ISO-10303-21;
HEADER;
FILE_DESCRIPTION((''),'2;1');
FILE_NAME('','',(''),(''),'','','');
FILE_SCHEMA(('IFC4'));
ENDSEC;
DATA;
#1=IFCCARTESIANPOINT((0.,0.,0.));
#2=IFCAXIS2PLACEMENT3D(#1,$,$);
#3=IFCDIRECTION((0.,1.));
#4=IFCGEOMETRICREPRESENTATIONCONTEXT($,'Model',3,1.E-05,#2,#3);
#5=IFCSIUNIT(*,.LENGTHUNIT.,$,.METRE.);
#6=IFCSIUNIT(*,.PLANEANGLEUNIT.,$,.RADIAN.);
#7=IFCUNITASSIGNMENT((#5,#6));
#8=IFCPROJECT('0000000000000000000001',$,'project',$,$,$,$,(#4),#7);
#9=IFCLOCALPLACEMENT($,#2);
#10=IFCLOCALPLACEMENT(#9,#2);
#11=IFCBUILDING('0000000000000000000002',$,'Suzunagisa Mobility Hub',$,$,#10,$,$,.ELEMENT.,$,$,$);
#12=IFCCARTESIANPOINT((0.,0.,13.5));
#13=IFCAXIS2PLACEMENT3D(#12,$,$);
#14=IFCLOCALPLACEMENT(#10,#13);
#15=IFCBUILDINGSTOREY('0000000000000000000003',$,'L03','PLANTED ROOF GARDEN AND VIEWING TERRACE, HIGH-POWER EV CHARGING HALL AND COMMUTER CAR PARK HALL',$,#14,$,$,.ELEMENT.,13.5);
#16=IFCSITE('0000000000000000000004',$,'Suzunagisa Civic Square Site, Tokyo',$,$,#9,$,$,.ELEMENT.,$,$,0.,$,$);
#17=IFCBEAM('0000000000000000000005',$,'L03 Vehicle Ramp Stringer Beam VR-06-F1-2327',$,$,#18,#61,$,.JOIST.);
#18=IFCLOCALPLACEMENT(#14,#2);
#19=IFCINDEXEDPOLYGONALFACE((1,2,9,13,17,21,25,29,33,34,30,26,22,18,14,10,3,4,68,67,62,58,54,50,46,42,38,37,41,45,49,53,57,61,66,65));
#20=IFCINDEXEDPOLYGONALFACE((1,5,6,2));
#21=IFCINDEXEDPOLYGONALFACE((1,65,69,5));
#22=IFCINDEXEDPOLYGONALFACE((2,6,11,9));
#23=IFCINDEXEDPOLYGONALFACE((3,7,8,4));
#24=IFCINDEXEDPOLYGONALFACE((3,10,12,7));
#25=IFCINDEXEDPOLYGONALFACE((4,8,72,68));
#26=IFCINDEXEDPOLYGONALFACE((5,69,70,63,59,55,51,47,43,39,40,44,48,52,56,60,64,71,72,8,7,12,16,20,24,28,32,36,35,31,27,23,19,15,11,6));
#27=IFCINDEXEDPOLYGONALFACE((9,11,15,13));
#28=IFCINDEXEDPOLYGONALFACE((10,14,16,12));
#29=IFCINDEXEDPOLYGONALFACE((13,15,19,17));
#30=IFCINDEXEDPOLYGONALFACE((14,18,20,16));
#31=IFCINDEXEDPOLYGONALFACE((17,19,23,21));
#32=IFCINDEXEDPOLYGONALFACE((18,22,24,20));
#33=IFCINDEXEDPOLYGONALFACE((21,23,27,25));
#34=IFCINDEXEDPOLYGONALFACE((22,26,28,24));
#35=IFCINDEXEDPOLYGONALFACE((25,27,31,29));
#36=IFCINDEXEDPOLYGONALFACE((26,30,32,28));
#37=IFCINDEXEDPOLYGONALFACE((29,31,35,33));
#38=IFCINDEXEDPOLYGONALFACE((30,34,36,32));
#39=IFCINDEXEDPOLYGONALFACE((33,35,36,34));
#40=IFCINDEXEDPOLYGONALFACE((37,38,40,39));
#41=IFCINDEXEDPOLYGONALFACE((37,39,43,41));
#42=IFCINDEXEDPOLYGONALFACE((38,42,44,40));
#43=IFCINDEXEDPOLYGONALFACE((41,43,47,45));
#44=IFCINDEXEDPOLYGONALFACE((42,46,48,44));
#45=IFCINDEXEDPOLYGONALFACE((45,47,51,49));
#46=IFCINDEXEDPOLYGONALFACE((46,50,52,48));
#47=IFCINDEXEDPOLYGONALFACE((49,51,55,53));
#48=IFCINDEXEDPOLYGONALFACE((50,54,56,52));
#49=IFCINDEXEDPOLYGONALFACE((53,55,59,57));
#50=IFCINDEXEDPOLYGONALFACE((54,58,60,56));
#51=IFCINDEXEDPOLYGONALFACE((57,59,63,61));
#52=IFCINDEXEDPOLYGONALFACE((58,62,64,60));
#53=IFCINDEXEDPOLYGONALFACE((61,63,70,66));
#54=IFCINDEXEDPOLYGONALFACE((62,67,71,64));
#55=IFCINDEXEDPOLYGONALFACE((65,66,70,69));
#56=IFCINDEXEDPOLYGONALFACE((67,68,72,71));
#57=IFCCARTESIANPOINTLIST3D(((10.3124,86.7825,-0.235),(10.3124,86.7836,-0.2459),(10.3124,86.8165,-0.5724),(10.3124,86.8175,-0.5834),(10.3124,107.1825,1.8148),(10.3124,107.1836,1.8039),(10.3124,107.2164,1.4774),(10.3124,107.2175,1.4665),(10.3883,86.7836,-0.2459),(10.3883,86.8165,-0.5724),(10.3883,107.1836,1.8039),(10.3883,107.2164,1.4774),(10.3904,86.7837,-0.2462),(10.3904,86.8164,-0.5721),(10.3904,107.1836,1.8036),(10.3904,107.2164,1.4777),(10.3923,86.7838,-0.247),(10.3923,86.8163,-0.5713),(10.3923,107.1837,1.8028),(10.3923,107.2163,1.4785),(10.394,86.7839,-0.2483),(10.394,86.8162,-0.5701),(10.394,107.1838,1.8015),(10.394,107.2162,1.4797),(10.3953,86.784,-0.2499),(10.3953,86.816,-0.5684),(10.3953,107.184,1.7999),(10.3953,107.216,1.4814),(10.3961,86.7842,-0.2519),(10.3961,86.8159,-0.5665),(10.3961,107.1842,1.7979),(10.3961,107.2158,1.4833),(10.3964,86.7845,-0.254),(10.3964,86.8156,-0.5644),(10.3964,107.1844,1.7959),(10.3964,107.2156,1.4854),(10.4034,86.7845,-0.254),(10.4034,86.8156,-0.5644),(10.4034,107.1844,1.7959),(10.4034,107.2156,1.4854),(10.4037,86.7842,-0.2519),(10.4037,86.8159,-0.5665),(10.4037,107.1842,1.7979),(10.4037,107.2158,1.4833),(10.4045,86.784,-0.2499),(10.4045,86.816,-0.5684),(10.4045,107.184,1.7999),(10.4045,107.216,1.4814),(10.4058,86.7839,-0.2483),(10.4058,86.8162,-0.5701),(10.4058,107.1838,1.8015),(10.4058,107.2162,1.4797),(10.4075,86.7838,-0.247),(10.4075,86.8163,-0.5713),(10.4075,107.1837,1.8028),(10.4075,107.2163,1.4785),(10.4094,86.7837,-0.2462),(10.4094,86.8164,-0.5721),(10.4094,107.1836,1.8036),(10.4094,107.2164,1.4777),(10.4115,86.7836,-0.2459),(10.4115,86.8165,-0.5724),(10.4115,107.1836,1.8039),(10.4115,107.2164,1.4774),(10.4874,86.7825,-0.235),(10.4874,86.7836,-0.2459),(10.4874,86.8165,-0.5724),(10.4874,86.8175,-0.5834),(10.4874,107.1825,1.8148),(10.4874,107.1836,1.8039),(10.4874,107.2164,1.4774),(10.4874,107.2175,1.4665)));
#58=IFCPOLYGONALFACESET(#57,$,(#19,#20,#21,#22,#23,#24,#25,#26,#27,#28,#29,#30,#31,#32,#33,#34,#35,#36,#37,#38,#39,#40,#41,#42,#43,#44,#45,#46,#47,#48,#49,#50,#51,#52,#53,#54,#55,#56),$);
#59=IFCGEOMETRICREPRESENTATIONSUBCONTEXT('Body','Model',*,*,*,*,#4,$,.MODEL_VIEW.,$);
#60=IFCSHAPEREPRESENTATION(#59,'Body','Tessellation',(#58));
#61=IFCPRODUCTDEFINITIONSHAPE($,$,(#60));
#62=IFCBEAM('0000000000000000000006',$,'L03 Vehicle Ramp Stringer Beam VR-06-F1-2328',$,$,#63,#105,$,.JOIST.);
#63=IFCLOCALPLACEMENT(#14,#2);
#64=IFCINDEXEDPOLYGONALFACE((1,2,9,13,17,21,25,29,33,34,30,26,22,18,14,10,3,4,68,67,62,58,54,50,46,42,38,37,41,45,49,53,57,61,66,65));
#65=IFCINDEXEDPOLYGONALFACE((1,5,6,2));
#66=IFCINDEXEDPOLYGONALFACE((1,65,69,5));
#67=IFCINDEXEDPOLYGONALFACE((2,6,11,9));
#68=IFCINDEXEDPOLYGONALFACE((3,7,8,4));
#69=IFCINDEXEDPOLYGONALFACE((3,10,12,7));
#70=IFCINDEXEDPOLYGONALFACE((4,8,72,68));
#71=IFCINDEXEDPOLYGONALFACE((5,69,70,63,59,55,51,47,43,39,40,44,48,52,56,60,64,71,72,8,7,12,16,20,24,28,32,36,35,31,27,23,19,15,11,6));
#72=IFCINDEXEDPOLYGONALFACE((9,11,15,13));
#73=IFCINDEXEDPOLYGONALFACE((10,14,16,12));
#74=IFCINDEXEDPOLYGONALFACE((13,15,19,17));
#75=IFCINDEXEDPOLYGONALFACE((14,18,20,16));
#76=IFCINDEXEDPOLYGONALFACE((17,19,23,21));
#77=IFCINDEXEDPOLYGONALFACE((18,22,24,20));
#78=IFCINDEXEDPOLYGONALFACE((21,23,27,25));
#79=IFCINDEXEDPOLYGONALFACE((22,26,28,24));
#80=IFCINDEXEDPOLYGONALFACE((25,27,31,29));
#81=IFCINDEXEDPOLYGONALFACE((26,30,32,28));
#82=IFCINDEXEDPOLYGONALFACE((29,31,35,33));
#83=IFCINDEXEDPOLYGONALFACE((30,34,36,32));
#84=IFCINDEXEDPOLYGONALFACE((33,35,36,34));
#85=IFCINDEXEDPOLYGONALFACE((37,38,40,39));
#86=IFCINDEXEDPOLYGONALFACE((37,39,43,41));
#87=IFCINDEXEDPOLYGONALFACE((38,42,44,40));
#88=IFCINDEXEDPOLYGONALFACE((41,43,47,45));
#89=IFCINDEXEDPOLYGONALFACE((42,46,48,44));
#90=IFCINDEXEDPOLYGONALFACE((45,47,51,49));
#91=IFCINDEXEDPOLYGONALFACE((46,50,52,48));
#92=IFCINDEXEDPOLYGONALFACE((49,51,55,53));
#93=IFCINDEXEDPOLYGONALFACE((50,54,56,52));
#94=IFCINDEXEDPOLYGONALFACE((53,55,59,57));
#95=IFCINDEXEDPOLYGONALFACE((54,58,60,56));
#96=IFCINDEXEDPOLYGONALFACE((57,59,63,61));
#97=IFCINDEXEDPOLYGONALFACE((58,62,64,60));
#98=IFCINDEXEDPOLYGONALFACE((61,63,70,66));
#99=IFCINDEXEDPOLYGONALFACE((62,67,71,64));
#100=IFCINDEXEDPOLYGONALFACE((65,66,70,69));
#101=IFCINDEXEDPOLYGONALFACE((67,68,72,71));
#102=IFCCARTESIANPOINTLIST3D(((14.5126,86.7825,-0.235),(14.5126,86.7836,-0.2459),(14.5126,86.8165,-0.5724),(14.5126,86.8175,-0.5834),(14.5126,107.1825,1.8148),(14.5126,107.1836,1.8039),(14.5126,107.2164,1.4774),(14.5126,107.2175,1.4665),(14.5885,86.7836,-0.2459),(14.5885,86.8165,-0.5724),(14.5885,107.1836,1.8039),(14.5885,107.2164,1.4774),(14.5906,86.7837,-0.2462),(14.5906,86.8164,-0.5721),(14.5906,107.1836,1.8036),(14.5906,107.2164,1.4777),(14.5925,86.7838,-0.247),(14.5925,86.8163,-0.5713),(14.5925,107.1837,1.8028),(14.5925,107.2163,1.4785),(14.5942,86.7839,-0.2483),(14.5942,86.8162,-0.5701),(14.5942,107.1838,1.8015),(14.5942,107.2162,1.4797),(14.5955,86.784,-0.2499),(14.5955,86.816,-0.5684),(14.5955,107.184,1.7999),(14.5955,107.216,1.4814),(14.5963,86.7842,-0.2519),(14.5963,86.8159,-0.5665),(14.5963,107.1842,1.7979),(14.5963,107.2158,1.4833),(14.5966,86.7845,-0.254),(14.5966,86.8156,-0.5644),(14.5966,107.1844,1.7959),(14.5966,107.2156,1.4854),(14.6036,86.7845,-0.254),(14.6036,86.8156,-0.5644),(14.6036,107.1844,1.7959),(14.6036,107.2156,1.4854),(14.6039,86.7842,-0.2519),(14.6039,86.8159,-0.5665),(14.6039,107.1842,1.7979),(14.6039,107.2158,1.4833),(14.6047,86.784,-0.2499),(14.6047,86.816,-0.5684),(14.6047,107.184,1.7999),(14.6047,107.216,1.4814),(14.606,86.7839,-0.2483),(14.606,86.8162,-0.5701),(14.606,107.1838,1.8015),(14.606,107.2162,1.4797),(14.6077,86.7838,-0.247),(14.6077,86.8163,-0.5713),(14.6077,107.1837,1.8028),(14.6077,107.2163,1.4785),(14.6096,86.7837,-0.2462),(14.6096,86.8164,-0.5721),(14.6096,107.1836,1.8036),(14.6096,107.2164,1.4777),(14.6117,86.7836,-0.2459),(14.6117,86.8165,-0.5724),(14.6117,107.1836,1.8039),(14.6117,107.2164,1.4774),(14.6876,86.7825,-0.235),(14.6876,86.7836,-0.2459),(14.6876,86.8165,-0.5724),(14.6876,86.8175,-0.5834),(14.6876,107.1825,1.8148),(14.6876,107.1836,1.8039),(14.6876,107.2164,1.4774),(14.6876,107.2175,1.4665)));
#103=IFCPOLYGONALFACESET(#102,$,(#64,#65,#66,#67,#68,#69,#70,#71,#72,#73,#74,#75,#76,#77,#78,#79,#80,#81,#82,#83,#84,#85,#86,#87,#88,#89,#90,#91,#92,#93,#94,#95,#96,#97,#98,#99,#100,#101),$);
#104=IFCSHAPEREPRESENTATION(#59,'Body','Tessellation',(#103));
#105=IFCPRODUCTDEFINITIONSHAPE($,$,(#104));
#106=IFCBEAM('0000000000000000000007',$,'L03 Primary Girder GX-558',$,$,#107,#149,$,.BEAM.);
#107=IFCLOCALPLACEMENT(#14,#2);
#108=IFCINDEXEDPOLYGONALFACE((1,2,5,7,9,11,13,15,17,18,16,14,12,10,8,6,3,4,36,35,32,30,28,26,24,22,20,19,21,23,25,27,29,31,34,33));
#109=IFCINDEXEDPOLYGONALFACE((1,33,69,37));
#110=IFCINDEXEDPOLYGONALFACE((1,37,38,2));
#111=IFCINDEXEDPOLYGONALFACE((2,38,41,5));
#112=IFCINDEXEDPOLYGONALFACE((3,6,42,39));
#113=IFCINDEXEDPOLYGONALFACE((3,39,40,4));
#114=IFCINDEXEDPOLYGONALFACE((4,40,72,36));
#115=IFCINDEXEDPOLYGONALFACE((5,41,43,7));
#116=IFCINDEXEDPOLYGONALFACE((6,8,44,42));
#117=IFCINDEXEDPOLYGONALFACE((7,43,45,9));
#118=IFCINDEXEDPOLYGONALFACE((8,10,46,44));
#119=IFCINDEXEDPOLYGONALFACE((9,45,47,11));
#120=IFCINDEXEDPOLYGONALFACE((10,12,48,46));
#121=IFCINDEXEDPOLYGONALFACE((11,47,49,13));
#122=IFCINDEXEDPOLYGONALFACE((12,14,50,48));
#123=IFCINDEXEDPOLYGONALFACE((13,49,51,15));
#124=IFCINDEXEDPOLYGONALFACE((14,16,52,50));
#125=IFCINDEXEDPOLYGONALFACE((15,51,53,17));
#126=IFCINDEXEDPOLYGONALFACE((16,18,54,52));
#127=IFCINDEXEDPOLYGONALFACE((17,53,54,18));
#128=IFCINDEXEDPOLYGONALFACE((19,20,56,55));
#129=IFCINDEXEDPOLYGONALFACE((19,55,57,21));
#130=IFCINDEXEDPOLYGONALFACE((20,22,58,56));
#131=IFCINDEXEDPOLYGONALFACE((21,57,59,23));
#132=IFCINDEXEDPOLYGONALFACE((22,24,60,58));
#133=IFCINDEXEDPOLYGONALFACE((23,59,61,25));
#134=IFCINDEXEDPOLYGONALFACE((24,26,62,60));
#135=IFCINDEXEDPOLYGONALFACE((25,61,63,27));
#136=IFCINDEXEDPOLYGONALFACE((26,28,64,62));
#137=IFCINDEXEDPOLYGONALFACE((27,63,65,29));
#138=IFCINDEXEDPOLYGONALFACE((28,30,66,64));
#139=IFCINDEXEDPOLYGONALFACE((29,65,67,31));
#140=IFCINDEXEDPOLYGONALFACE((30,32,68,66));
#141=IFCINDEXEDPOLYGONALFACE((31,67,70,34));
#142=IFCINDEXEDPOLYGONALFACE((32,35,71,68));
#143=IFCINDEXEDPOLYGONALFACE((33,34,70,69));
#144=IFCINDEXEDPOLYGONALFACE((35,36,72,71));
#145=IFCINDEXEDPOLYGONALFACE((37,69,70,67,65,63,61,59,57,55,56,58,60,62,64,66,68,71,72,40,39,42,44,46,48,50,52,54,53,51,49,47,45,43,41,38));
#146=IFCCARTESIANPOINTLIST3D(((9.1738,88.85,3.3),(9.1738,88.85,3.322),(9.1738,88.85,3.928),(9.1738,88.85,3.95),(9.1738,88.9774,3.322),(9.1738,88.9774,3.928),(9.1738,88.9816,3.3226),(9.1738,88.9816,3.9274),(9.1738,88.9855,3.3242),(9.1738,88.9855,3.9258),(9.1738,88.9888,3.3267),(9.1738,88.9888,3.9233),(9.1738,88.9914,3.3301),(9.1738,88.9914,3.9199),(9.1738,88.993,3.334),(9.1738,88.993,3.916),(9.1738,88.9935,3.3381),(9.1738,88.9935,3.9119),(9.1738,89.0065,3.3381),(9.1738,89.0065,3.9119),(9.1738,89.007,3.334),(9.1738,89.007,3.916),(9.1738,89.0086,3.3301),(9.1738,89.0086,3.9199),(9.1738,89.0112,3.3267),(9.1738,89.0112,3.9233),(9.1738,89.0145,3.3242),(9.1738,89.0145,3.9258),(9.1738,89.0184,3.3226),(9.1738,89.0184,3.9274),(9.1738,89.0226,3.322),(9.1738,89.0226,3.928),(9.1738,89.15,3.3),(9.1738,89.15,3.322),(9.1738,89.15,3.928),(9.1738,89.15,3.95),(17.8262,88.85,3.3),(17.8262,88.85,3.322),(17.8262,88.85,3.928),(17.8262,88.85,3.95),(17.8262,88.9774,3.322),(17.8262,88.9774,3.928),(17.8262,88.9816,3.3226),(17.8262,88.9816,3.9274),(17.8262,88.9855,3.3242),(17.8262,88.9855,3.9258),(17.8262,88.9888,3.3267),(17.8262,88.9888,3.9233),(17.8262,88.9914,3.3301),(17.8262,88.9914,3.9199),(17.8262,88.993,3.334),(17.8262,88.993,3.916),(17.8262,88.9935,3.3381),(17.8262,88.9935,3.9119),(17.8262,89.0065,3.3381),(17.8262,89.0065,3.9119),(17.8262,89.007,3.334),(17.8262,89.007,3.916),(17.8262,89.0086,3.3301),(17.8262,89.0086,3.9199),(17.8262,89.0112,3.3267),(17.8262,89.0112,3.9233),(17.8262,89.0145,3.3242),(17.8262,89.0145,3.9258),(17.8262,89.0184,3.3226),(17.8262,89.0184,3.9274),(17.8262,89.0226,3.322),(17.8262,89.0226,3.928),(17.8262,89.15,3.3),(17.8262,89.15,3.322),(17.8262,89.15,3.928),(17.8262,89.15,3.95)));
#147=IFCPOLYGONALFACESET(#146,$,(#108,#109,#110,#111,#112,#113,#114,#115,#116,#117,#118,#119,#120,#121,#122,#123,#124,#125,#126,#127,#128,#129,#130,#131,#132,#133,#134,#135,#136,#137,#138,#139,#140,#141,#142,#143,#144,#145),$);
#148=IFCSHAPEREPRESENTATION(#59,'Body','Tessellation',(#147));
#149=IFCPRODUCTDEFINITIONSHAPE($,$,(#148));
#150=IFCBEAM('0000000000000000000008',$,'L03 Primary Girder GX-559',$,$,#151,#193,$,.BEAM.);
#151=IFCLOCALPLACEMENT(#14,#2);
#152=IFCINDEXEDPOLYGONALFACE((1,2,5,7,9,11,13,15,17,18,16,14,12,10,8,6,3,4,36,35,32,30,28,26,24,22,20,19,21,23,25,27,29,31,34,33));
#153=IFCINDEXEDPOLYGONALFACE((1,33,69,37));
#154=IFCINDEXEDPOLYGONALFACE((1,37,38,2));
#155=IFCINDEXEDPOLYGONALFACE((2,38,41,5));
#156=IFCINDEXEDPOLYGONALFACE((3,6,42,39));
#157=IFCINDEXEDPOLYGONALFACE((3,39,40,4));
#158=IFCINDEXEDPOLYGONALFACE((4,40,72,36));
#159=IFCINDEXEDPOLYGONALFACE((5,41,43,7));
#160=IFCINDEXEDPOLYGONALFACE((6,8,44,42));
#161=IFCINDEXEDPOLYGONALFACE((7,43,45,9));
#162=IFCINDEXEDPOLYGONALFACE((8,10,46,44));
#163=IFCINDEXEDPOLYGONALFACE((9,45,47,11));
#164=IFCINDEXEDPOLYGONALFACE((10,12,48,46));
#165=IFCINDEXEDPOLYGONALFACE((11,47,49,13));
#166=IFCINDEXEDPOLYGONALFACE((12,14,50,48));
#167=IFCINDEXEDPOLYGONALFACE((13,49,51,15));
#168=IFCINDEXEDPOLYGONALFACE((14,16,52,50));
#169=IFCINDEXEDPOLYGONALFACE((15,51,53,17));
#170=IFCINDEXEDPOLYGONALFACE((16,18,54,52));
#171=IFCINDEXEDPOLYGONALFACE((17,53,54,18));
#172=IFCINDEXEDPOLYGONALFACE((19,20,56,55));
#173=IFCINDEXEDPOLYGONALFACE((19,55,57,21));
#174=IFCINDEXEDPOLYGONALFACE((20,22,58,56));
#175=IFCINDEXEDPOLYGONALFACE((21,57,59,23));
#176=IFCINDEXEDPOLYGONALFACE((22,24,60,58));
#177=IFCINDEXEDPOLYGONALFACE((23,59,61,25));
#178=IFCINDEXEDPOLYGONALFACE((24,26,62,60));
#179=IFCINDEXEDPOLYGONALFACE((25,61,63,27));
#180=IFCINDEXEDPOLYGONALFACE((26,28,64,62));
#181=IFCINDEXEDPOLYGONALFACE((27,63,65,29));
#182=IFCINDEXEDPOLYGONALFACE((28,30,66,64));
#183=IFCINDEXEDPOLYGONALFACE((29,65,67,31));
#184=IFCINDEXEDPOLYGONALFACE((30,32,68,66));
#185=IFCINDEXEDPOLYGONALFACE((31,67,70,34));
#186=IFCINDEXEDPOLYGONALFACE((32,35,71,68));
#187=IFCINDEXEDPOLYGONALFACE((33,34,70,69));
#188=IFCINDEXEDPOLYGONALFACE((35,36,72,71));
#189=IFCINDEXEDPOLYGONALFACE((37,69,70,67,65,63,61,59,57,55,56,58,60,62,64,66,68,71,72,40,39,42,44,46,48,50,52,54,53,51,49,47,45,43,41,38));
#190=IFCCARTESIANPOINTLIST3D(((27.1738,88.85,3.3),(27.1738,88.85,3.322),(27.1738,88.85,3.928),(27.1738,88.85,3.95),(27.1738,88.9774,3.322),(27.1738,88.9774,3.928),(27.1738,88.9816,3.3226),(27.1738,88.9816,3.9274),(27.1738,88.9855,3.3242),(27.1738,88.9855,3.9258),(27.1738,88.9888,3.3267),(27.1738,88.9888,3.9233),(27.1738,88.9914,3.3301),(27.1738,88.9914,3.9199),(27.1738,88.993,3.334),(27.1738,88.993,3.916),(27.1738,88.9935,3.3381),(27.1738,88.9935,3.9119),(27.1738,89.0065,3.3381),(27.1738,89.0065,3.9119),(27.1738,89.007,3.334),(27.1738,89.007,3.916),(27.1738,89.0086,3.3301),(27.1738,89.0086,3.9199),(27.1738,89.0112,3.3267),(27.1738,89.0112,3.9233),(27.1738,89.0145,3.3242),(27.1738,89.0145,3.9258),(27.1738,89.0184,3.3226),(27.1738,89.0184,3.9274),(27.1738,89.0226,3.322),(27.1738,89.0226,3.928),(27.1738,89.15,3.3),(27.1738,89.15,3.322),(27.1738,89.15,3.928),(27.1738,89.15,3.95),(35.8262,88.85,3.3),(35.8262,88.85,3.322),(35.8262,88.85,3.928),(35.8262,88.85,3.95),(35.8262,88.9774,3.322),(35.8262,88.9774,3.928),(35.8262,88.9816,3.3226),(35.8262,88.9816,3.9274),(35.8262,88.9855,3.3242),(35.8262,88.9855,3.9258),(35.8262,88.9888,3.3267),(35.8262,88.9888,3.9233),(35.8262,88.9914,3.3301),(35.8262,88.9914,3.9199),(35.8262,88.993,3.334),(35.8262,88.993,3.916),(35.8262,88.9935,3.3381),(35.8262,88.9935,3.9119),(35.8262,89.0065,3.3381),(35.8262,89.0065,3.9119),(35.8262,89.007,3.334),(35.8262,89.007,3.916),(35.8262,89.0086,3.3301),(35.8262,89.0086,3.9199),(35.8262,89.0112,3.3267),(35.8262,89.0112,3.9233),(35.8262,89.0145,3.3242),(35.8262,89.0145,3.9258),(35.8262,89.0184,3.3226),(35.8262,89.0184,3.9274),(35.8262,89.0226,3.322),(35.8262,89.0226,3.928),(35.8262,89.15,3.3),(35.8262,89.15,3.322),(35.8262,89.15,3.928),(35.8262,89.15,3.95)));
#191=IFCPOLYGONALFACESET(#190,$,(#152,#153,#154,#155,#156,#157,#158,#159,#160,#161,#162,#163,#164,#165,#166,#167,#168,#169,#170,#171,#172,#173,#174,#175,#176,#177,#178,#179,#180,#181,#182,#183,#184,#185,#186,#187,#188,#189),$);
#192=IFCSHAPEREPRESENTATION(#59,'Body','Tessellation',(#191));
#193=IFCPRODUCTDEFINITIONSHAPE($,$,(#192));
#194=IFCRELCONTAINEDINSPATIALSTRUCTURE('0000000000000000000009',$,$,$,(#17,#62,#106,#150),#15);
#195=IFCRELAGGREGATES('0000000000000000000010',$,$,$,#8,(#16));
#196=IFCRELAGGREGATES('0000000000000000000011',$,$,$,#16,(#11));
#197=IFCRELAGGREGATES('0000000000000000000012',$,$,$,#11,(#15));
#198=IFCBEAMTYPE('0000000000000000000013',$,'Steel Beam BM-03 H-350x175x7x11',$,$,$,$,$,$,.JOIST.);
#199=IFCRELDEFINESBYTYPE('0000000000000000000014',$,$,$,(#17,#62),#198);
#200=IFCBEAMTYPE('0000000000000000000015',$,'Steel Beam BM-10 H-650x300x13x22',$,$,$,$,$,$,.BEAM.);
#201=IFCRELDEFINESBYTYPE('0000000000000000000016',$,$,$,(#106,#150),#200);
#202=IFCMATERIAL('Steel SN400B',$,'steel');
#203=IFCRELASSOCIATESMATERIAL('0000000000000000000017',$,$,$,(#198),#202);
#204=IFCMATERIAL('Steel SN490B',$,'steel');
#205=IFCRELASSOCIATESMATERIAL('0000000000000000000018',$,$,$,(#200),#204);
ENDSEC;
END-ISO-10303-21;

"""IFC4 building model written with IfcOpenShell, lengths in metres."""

from ifc_helpers import new_model, si_unit, direction, frame, origin, origin_2d, place, context, subcontext, project, spatial, i_section, extrude, material, material_profile, profile_set, type_object, element, save


model = new_model("IFC4")

# Units and contexts
model_context = context("Model", 3, precision=1e-05, world=origin(), true_north=direction((0.0, 1.0)))
body_context = subcontext(model_context, "Body", "Model", "MODEL_VIEW")
ifc_project = project(units=[si_unit("LENGTHUNIT", "METRE"), si_unit("PLANEANGLEUNIT", "RADIAN")], contexts=[model_context])

# Site, building, storey
site_placement = place(None, origin())
site = spatial("IfcSite", under=ifc_project, at=site_placement, Name="Suzunagisa Civic Square Site, Tokyo", CompositionType="ELEMENT", RefElevation=0.0)
building_placement = place(site_placement, origin())
building = spatial("IfcBuilding", under=site, at=building_placement, Name="Suzunagisa Mobility Hub", CompositionType="ELEMENT")
storey_placement = place(building_placement, frame((0.0, 0.0, 13.5)))
storey = spatial("IfcBuildingStorey", under=building, at=storey_placement, Name="L03", Description="PLANTED ROOF GARDEN AND VIEWING TERRACE, HIGH-POWER EV CHARGING HALL AND COMMUTER CAR PARK HALL", CompositionType="ELEMENT", Elevation=13.5)

# Shared definitions
ifc_material_1 = material(Name="Steel SN490B", Category="steel")

# Beams
ifc_material_2 = material(Name="Steel SN400B", Category="steel")
ifc_material_profile_1 = material_profile(ifc_material_2, i_section(OverallWidth=0.175, OverallDepth=0.3501, WebThickness=0.0071, FlangeThickness=0.011, FilletRadius=0.0081, at=origin_2d()), Name="H-350x175x7x11")
ifc_profile_set_1 = profile_set([ifc_material_profile_1], Name="Steel SN400B")
beam_type_1 = type_object("IfcBeamType", Name="Steel Beam BM-03 H-350x175x7x11", PredefinedType="JOIST", material=ifc_profile_set_1)
for number, where, z_axis, x_axis, name in (
    (1, (10.3999, 86.8, -0.4092), (0.0, 0.99499, 0.099978), (-1.0, 0.0, 0.0), "L03 Vehicle Ramp Stringer Beam VR-06-F1-2327"),
    (2, (14.6001, 86.8, -0.4092), (0.0, 0.99499, 0.099978), (-1.0, 0.0, 0.0), "L03 Vehicle Ramp Stringer Beam VR-06-F1-2328"),
):
    element("IfcBeam", number, at=place(storey_placement, frame(where, z_axis=z_axis, x_axis=x_axis)), inside=storey, type_object=beam_type_1, Name=name, PredefinedType="JOIST", context=body_context, shape_type="SweptSolid", body=[
        extrude(i_section(OverallWidth=0.175, OverallDepth=0.3501, WebThickness=0.0071, FlangeThickness=0.011, FilletRadius=0.0081, at=origin_2d()), origin(), (0.0, 0.0, 1.0), 20.5027),
    ])
ifc_material_profile_2 = material_profile(ifc_material_1, i_section(OverallWidth=0.3, OverallDepth=0.6499, WebThickness=0.0129, FlangeThickness=0.022, FilletRadius=0.0161, at=origin_2d()), Name="H-650x300x13x22")
ifc_profile_set_2 = profile_set([ifc_material_profile_2], Name="Steel SN490B")
beam_type_2 = type_object("IfcBeamType", Name="Steel Beam BM-10 H-650x300x13x22", PredefinedType="BEAM", material=ifc_profile_set_2)
for number, where, z_axis, x_axis, name in (
    (3, (9.1738, 89.0, 3.625), (1.0, 0.0, 0.0), (0.0, 1.0, 0.0), "L03 Primary Girder GX-558"),
    (4, (27.1738, 89.0, 3.625), (1.0, 0.0, 0.0), (0.0, 1.0, 0.0), "L03 Primary Girder GX-559"),
):
    element("IfcBeam", number, at=place(storey_placement, frame(where, z_axis=z_axis, x_axis=x_axis)), inside=storey, type_object=beam_type_2, Name=name, PredefinedType="BEAM", context=body_context, shape_type="SweptSolid", body=[
        extrude(i_section(OverallWidth=0.3, OverallDepth=0.6499, WebThickness=0.0129, FlangeThickness=0.022, FilletRadius=0.0161, at=origin_2d()), origin(), (0.0, 0.0, 1.0), 8.6523),
    ])

save(model, "model.ifc")
